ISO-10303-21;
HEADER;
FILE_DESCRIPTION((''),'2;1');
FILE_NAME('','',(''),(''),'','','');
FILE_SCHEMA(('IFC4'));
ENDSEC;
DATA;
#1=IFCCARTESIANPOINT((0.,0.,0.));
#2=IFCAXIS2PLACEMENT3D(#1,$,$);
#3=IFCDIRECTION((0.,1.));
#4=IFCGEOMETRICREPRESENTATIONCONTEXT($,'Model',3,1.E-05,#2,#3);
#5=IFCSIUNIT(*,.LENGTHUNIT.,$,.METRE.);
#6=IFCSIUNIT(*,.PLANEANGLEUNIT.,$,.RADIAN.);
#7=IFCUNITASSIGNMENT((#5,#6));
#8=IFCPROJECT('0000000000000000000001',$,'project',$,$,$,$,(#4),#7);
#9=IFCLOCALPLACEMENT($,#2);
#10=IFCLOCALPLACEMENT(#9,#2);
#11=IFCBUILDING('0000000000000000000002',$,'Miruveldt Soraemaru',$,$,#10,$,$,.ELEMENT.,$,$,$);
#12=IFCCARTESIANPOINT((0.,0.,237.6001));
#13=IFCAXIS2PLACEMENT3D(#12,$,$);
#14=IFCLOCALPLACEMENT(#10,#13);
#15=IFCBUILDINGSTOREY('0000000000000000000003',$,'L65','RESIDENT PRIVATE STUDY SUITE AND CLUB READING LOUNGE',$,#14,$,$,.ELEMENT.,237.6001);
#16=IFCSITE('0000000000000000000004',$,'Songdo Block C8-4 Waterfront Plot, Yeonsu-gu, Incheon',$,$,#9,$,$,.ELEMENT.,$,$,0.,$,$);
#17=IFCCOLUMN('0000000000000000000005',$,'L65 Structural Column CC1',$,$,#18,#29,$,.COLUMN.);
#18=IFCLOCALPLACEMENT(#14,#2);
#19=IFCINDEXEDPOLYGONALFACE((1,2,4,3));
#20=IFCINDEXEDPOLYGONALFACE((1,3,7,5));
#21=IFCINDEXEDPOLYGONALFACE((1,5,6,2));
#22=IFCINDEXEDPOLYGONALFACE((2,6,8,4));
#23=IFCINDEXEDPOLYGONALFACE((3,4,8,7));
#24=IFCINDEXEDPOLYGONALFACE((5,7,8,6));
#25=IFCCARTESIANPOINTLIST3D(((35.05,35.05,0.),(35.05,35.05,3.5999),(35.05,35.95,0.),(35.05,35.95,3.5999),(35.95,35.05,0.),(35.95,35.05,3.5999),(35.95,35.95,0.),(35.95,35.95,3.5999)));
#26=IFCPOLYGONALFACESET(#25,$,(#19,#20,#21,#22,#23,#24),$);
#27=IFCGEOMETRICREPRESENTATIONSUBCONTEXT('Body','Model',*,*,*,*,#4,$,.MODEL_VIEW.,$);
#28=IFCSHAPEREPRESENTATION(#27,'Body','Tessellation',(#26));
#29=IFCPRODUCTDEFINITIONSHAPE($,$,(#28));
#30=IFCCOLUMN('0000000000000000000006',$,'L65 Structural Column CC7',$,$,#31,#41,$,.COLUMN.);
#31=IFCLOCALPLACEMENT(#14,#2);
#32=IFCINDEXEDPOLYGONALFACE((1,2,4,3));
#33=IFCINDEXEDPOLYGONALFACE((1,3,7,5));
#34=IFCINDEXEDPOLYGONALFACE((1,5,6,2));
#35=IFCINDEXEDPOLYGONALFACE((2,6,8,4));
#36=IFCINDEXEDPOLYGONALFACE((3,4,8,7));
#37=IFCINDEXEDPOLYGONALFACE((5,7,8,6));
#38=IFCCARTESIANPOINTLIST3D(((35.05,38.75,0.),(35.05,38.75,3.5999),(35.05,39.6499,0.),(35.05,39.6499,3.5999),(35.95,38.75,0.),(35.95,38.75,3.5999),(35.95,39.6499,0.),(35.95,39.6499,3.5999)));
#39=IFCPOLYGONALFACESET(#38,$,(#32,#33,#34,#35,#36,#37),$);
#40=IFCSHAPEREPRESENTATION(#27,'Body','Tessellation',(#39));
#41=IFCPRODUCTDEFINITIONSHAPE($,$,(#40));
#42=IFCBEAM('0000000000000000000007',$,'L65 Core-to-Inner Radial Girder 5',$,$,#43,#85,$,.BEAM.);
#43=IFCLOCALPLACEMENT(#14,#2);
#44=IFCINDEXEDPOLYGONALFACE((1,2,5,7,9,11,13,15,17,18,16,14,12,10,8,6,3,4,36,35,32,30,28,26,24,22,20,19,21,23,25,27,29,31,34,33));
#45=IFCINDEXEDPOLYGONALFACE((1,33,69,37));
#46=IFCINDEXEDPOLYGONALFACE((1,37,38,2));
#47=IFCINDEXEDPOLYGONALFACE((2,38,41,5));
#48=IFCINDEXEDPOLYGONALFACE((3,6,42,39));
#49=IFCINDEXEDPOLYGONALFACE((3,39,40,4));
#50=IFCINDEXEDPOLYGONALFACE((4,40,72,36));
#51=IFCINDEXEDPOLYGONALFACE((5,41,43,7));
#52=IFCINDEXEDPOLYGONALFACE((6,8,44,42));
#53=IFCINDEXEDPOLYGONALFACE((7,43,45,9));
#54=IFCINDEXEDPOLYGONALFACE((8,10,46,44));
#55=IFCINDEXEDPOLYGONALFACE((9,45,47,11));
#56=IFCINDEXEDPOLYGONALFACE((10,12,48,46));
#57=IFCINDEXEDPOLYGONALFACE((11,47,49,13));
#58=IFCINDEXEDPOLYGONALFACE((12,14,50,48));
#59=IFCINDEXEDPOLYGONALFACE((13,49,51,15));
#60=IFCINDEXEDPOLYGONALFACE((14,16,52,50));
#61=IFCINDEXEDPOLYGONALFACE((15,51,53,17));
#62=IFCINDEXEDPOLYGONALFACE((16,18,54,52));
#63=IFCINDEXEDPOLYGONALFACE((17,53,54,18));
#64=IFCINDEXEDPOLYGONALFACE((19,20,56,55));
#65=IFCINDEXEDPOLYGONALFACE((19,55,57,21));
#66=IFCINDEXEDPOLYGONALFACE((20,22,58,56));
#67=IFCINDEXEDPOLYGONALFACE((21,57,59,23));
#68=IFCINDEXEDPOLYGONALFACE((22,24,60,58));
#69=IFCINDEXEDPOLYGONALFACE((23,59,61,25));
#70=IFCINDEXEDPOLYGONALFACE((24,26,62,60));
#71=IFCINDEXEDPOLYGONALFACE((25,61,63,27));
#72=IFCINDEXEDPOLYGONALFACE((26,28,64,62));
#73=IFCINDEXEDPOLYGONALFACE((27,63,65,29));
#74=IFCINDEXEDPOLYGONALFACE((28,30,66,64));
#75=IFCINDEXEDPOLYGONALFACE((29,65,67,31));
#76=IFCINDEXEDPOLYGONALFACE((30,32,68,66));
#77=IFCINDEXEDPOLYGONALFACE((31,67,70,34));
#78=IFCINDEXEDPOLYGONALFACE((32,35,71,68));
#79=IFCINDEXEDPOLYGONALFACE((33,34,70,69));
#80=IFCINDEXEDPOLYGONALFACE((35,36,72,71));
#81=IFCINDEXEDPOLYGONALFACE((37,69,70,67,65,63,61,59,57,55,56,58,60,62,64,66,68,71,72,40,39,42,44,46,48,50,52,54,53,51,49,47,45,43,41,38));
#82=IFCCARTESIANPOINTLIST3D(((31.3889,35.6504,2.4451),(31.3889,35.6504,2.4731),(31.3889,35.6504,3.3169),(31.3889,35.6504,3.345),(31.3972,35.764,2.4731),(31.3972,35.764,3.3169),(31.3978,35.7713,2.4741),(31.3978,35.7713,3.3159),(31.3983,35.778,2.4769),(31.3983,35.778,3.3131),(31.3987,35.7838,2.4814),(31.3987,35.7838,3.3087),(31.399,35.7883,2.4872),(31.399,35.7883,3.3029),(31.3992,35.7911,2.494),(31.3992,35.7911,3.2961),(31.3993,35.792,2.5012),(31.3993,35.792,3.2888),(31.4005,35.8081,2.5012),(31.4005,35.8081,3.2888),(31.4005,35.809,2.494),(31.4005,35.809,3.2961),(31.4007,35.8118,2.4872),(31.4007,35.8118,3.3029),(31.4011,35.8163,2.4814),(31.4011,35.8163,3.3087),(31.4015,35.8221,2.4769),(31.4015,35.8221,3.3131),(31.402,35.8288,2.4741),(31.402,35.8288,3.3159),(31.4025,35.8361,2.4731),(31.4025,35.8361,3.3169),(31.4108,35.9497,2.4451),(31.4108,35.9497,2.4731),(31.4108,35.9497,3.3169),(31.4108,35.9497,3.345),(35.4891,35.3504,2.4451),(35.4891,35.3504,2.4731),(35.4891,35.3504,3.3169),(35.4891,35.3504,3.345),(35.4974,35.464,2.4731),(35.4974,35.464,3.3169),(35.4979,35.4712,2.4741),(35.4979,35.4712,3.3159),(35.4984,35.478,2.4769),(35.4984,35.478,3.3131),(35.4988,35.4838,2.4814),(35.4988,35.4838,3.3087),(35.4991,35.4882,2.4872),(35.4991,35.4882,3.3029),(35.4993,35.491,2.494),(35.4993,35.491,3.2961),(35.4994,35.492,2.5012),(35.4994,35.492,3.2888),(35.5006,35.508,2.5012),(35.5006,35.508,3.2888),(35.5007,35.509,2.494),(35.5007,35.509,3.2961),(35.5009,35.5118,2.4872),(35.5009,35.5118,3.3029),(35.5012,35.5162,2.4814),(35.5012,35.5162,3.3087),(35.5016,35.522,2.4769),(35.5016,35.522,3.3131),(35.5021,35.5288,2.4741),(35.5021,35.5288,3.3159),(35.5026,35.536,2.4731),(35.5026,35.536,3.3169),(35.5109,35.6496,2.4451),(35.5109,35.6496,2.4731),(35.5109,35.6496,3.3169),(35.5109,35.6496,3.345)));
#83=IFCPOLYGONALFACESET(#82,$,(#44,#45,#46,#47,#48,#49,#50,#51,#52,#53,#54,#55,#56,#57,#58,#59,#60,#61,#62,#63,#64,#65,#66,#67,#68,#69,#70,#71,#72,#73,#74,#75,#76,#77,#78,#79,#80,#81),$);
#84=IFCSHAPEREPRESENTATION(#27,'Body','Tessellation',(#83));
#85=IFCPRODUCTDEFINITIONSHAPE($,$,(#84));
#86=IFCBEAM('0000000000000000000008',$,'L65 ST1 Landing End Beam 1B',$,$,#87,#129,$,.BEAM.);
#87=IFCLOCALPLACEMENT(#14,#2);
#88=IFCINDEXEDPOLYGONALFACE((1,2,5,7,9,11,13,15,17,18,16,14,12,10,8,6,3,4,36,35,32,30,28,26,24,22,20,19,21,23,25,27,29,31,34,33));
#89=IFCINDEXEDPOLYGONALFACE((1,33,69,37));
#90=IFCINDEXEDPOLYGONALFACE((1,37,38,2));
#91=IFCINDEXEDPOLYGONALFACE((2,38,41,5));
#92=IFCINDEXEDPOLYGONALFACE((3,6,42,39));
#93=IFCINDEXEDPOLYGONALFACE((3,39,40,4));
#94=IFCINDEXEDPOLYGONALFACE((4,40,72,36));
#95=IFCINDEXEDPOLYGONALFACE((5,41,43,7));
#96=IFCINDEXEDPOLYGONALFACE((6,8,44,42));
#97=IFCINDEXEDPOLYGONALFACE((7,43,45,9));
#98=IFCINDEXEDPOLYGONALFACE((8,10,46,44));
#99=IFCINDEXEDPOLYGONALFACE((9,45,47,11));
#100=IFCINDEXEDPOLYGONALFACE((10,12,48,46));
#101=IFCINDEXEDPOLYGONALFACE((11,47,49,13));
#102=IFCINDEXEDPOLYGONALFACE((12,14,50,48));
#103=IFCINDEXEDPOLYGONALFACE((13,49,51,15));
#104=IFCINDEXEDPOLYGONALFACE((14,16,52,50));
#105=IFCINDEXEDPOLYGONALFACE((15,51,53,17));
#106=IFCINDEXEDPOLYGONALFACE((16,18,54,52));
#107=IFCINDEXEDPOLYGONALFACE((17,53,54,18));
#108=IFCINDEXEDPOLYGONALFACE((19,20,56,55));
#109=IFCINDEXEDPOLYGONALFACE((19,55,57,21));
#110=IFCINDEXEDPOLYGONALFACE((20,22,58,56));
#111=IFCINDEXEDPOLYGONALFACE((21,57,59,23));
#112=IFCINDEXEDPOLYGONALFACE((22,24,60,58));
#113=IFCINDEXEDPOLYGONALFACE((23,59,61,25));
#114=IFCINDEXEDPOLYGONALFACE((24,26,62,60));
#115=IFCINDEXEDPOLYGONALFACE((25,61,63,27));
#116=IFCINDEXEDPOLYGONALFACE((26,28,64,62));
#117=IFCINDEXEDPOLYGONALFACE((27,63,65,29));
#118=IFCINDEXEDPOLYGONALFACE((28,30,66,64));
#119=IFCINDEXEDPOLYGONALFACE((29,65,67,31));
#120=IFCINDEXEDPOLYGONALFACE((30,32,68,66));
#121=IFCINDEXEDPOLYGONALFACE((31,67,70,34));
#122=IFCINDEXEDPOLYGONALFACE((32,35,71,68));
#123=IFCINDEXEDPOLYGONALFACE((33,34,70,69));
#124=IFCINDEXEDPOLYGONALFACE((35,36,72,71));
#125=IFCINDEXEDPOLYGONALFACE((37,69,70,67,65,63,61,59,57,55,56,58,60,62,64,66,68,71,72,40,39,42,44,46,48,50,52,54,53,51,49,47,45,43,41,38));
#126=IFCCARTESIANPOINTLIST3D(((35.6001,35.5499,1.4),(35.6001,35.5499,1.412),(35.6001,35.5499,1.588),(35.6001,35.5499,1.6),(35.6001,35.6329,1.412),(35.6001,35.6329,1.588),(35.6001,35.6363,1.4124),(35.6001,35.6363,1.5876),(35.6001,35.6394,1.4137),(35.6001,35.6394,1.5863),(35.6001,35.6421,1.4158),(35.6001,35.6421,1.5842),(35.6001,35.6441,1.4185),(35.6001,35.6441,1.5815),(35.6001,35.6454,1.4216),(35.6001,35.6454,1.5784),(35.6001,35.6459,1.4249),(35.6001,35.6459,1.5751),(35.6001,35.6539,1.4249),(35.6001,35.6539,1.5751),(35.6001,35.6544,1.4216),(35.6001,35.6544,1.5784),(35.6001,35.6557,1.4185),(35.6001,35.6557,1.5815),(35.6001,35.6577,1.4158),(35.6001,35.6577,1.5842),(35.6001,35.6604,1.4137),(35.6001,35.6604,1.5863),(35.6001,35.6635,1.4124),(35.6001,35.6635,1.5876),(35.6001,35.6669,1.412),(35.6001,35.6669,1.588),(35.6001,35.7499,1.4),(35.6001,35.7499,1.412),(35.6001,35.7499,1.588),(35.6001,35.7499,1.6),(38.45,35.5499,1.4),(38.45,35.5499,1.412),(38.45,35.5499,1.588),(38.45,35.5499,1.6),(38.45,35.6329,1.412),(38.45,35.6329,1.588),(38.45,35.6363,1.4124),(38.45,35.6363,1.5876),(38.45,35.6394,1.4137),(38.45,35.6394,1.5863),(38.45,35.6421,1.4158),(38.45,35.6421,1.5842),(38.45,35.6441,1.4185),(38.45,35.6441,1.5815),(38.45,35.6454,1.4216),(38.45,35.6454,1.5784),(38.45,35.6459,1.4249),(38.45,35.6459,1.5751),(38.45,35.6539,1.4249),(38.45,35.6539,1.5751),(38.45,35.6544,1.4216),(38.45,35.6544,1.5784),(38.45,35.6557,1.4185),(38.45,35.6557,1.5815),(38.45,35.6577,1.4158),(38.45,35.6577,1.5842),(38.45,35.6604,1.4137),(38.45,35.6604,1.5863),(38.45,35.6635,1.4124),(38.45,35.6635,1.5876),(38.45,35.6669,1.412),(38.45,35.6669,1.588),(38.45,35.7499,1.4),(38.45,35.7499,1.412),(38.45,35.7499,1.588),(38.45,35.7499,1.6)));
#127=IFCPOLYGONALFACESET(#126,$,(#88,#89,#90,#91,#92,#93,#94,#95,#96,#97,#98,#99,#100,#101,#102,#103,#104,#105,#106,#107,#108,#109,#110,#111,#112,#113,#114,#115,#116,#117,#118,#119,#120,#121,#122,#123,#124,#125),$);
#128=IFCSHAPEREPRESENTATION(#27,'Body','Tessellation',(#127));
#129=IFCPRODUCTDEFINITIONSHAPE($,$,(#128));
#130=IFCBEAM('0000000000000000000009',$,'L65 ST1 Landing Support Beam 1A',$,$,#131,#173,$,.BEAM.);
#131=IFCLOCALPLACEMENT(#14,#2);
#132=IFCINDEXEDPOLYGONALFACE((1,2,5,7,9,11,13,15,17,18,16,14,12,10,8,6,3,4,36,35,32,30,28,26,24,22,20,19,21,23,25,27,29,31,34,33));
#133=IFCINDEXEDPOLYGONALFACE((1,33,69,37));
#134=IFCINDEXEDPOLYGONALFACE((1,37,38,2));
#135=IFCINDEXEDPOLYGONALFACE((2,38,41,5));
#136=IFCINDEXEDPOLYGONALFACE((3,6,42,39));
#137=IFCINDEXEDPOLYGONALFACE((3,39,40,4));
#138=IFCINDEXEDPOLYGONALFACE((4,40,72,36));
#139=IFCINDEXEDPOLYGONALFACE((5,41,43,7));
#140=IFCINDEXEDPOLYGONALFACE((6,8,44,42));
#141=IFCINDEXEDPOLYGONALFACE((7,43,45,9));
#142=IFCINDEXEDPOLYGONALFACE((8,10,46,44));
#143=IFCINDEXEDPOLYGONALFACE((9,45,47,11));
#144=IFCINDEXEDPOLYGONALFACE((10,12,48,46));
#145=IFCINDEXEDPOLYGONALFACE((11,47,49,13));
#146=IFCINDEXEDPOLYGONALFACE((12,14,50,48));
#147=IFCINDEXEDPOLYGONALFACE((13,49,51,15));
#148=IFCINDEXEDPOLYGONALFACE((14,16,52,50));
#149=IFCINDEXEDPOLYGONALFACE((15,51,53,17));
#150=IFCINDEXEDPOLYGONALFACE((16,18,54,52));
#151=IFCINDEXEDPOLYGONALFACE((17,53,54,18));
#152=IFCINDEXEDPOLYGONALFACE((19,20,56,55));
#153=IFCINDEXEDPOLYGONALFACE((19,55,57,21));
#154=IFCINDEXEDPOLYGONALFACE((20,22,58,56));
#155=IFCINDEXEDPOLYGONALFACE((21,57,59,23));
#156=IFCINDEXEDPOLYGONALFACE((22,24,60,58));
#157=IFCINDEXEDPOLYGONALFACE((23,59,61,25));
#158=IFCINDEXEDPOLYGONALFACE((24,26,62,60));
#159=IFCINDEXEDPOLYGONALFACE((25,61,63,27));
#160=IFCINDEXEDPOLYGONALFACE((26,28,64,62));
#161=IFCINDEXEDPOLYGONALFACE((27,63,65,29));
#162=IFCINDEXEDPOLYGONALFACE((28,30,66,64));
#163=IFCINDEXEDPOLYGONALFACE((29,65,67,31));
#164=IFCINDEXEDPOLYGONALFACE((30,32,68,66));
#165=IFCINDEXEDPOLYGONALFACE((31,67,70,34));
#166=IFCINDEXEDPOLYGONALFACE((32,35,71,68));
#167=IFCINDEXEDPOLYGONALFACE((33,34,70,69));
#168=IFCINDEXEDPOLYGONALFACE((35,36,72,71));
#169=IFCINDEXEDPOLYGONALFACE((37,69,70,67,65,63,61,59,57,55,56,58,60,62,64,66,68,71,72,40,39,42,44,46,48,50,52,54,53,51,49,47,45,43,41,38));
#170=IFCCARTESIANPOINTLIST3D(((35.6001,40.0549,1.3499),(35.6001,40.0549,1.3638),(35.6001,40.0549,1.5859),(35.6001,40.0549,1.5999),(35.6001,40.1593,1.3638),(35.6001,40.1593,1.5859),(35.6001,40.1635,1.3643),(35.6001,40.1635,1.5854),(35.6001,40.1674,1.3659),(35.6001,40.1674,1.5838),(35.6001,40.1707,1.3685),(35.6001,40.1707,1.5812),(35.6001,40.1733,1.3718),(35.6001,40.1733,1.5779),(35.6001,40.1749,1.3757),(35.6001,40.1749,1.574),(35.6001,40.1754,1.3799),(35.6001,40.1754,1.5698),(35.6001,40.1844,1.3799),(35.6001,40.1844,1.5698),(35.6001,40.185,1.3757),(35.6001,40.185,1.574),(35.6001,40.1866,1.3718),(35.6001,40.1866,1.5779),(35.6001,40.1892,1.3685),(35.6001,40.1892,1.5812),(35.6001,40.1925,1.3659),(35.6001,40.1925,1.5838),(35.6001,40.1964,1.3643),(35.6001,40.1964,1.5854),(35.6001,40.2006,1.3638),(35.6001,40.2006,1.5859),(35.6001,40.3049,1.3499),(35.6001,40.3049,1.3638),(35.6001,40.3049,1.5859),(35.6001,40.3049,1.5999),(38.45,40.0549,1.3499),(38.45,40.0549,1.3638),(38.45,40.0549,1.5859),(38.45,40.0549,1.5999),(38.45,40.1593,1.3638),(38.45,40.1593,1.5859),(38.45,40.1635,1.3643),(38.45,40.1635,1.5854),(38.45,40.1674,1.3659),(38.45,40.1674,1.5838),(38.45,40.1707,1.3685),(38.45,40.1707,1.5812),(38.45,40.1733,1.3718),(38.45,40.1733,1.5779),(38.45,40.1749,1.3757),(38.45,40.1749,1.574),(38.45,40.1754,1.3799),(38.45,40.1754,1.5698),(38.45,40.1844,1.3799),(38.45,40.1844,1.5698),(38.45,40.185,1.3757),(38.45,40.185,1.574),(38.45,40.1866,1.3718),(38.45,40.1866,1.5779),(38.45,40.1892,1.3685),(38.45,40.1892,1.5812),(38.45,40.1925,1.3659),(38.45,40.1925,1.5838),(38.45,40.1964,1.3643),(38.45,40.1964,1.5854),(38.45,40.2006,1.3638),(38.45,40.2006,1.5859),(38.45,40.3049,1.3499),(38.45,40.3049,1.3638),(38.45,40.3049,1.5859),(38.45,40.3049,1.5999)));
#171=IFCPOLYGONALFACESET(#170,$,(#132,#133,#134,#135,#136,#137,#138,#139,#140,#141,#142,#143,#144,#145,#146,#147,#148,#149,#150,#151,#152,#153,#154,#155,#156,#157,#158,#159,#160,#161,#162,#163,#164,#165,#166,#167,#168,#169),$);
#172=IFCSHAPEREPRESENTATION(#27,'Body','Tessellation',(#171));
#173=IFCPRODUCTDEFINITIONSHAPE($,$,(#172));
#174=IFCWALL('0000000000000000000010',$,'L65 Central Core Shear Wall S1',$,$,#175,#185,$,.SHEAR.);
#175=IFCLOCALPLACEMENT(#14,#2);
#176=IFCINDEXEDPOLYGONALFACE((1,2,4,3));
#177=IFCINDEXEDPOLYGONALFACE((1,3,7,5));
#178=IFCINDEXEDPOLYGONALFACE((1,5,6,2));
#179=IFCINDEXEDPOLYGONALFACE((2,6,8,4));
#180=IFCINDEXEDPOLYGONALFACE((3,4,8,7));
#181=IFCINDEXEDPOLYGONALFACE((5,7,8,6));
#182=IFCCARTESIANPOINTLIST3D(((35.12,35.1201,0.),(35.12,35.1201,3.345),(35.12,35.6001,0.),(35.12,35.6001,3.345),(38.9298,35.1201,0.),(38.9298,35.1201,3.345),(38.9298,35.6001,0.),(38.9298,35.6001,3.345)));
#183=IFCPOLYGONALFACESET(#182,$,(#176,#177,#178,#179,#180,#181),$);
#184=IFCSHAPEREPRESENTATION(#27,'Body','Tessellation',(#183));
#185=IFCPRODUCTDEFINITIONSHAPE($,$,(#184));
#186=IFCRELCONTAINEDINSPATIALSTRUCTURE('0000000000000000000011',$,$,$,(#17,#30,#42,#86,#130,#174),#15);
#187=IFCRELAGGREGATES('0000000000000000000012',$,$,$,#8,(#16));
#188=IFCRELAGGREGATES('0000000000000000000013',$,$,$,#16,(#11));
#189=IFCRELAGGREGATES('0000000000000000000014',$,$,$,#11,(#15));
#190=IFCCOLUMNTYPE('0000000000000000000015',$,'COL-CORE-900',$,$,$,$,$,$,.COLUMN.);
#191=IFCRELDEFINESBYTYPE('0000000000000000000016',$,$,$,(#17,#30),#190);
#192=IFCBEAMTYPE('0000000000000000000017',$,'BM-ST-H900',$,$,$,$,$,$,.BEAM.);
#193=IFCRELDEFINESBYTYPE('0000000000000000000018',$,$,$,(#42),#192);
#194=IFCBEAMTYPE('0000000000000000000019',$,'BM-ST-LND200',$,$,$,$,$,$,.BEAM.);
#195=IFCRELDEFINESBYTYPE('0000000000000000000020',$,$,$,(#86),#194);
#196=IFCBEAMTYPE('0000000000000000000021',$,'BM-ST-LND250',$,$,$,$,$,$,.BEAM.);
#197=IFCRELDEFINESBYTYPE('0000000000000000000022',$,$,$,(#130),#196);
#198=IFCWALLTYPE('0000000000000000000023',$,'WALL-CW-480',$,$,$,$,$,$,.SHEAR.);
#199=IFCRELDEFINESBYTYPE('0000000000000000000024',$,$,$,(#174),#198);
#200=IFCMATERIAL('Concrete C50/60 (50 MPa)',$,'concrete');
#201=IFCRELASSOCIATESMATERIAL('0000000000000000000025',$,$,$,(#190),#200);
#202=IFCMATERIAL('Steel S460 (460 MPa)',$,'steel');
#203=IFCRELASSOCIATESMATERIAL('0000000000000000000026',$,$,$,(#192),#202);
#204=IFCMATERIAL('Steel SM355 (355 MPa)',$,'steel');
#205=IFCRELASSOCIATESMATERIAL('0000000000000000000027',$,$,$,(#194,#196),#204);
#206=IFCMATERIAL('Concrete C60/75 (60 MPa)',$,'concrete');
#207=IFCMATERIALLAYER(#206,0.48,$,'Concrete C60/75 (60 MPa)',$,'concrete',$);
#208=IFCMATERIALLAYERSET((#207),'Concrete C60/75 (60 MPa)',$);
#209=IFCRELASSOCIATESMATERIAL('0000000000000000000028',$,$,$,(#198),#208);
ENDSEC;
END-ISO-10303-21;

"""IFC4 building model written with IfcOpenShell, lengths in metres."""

from ifc_helpers import new_model, si_unit, direction, frame, frame_2d, origin, origin_2d, place, context, subcontext, project, spatial, rectangle, i_section, extrude, material, layer, layer_set, material_profile, profile_set, type_object, element, save


model = new_model("IFC4")

# Units and contexts
model_context = context("Model", 3, precision=1e-05, world=origin(), true_north=direction((0.0, 1.0)))
body_context = subcontext(model_context, "Body", "Model", "MODEL_VIEW")
ifc_project = project(units=[si_unit("LENGTHUNIT", "METRE"), si_unit("PLANEANGLEUNIT", "RADIAN")], contexts=[model_context])

# Site, building, storey
site_placement = place(None, origin())
site = spatial("IfcSite", under=ifc_project, at=site_placement, Name="Songdo Block C8-4 Waterfront Plot, Yeonsu-gu, Incheon", CompositionType="ELEMENT", RefElevation=0.0)
building_placement = place(site_placement, origin())
building = spatial("IfcBuilding", under=site, at=building_placement, Name="Miruveldt Soraemaru", CompositionType="ELEMENT")
storey_placement = place(building_placement, frame((0.0, 0.0, 237.6001)))
storey = spatial("IfcBuildingStorey", under=building, at=storey_placement, Name="L65", Description="RESIDENT PRIVATE STUDY SUITE AND CLUB READING LOUNGE", CompositionType="ELEMENT", Elevation=237.6001)

# Columns
ifc_material_1 = material(Name="Concrete C50/60 (50 MPa)", Category="concrete")
ifc_material_profile_1 = material_profile(ifc_material_1, rectangle(XDim=0.8999, YDim=0.8999, at=origin_2d()), Name="Concrete C50/60 (50 MPa)", Category="concrete")
ifc_profile_set_1 = profile_set([ifc_material_profile_1], Name="Concrete C50/60 (50 MPa)")
column_type = type_object("IfcColumnType", Name="COL-CORE-900", PredefinedType="COLUMN", material=ifc_profile_set_1)
for number, where, z_axis, x_axis, name in (
    (1, (35.5, 35.5, 0.0), (0.0, 0.0, 1.0), (1.0, 0.0, 0.0), "L65 Structural Column CC1"),
    (2, (35.5, 39.2, 0.0), (0.0, 0.0, 1.0), (1.0, 0.0, 0.0), "L65 Structural Column CC7"),
):
    element("IfcColumn", number, at=place(storey_placement, frame(where, z_axis=z_axis, x_axis=x_axis)), inside=storey, type_object=column_type, Name=name, PredefinedType="COLUMN", context=body_context, shape_type="SweptSolid", body=[
        extrude(rectangle(XDim=0.8999, YDim=0.8999, at=origin_2d()), origin(), (0.0, 0.0, 1.0), 3.5999),
    ])

# Beams
ifc_material_2 = material(Name="Steel S460 (460 MPa)", Category="steel")
ifc_material_profile_2 = material_profile(ifc_material_2, i_section(OverallWidth=0.3, OverallDepth=0.8999, WebThickness=0.0161, FlangeThickness=0.0281, FilletRadius=0.0281, at=origin_2d()), Name="Steel S460 (460 MPa)", Category="steel")
ifc_profile_set_2 = profile_set([ifc_material_profile_2], Name="Steel S460 (460 MPa)")
beam_type_1 = type_object("IfcBeamType", Name="BM-ST-H900", PredefinedType="BEAM", material=ifc_profile_set_2)
beam_1_placement = place(storey_placement, frame((35.5, 35.5, 2.895), z_axis=(-0.997333, 0.072986, 0.0), x_axis=(-0.072986, -0.997333, 0.0)))
element("IfcBeam", 3, at=beam_1_placement, inside=storey, type_object=beam_type_1, Name="L65 Core-to-Inner Radial Girder 5", PredefinedType="BEAM", context=body_context, shape_type="SweptSolid", body=[
    extrude(i_section(OverallWidth=0.3, OverallDepth=0.8999, WebThickness=0.0161, FlangeThickness=0.0281, FilletRadius=0.0281, at=origin_2d()), origin(), (0.0, 0.0, 1.0), 4.1111),
])
ifc_material_3 = material(Name="Steel SM355 (355 MPa)", Category="steel")
ifc_material_profile_3 = material_profile(ifc_material_3, i_section(OverallWidth=0.2, OverallDepth=0.2, WebThickness=0.0081, FlangeThickness=0.012, FilletRadius=0.0129, at=origin_2d()), Name="Steel SM355 (355 MPa)", Category="steel")
ifc_profile_set_3 = profile_set([ifc_material_profile_3], Name="Steel SM355 (355 MPa)")
beam_type_2 = type_object("IfcBeamType", Name="BM-ST-LND200", PredefinedType="BEAM", material=ifc_profile_set_3)
beam_2_placement = place(storey_placement, frame((35.6001, 35.6499, 1.5), z_axis=(1.0, 0.0, 0.0), x_axis=(0.0, 1.0, 0.0)))
element("IfcBeam", 4, at=beam_2_placement, inside=storey, type_object=beam_type_2, Name="L65 ST1 Landing End Beam 1B", PredefinedType="BEAM", context=body_context, shape_type="SweptSolid", body=[
    extrude(i_section(OverallWidth=0.2, OverallDepth=0.2, WebThickness=0.0081, FlangeThickness=0.012, FilletRadius=0.0129, at=origin_2d()), origin(), (0.0, 0.0, 1.0), 2.8499),
])
ifc_material_profile_4 = material_profile(ifc_material_3, i_section(OverallWidth=0.25, OverallDepth=0.25, WebThickness=0.009, FlangeThickness=0.0139, FilletRadius=0.0161, at=origin_2d()), Name="Steel SM355 (355 MPa)", Category="steel")
ifc_profile_set_4 = profile_set([ifc_material_profile_4], Name="Steel SM355 (355 MPa)")
beam_type_3 = type_object("IfcBeamType", Name="BM-ST-LND250", PredefinedType="BEAM", material=ifc_profile_set_4)
beam_3_placement = place(storey_placement, frame((35.6001, 40.1799, 1.4749), z_axis=(1.0, 0.0, 0.0), x_axis=(0.0, 1.0, 0.0)))
element("IfcBeam", 5, at=beam_3_placement, inside=storey, type_object=beam_type_3, Name="L65 ST1 Landing Support Beam 1A", PredefinedType="BEAM", context=body_context, shape_type="SweptSolid", body=[
    extrude(i_section(OverallWidth=0.25, OverallDepth=0.25, WebThickness=0.009, FlangeThickness=0.0139, FilletRadius=0.0161, at=origin_2d()), origin(), (0.0, 0.0, 1.0), 2.8499),
])

# Wall
ifc_material_4 = material(Name="Concrete C60/75 (60 MPa)", Category="concrete")
ifc_layer_1 = layer(ifc_material_4, 0.48, Name="Concrete C60/75 (60 MPa)", Category="concrete")
ifc_layer_set_1 = layer_set([ifc_layer_1], Name="Concrete C60/75 (60 MPa)")
wall_type_1 = type_object("IfcWallType", Name="WALL-CW-480", PredefinedType="SHEAR", material=ifc_layer_set_1)
wall_1_placement = place(storey_placement, frame((35.1201, 35.3601, 0.0), z_axis=(0.0, 0.0, 1.0), x_axis=(1.0, 0.0, 0.0)))
element("IfcWall", 6, at=wall_1_placement, inside=storey, type_object=wall_type_1, Name="L65 Central Core Shear Wall S1", PredefinedType="SHEAR", context=body_context, shape_type="SweptSolid", body=[
    extrude(rectangle(XDim=3.8098, YDim=0.48, at=frame_2d((1.9048, 0.0))), origin(), (0.0, 0.0, 1.0), 3.345),
])

save(model, "model.ifc")
